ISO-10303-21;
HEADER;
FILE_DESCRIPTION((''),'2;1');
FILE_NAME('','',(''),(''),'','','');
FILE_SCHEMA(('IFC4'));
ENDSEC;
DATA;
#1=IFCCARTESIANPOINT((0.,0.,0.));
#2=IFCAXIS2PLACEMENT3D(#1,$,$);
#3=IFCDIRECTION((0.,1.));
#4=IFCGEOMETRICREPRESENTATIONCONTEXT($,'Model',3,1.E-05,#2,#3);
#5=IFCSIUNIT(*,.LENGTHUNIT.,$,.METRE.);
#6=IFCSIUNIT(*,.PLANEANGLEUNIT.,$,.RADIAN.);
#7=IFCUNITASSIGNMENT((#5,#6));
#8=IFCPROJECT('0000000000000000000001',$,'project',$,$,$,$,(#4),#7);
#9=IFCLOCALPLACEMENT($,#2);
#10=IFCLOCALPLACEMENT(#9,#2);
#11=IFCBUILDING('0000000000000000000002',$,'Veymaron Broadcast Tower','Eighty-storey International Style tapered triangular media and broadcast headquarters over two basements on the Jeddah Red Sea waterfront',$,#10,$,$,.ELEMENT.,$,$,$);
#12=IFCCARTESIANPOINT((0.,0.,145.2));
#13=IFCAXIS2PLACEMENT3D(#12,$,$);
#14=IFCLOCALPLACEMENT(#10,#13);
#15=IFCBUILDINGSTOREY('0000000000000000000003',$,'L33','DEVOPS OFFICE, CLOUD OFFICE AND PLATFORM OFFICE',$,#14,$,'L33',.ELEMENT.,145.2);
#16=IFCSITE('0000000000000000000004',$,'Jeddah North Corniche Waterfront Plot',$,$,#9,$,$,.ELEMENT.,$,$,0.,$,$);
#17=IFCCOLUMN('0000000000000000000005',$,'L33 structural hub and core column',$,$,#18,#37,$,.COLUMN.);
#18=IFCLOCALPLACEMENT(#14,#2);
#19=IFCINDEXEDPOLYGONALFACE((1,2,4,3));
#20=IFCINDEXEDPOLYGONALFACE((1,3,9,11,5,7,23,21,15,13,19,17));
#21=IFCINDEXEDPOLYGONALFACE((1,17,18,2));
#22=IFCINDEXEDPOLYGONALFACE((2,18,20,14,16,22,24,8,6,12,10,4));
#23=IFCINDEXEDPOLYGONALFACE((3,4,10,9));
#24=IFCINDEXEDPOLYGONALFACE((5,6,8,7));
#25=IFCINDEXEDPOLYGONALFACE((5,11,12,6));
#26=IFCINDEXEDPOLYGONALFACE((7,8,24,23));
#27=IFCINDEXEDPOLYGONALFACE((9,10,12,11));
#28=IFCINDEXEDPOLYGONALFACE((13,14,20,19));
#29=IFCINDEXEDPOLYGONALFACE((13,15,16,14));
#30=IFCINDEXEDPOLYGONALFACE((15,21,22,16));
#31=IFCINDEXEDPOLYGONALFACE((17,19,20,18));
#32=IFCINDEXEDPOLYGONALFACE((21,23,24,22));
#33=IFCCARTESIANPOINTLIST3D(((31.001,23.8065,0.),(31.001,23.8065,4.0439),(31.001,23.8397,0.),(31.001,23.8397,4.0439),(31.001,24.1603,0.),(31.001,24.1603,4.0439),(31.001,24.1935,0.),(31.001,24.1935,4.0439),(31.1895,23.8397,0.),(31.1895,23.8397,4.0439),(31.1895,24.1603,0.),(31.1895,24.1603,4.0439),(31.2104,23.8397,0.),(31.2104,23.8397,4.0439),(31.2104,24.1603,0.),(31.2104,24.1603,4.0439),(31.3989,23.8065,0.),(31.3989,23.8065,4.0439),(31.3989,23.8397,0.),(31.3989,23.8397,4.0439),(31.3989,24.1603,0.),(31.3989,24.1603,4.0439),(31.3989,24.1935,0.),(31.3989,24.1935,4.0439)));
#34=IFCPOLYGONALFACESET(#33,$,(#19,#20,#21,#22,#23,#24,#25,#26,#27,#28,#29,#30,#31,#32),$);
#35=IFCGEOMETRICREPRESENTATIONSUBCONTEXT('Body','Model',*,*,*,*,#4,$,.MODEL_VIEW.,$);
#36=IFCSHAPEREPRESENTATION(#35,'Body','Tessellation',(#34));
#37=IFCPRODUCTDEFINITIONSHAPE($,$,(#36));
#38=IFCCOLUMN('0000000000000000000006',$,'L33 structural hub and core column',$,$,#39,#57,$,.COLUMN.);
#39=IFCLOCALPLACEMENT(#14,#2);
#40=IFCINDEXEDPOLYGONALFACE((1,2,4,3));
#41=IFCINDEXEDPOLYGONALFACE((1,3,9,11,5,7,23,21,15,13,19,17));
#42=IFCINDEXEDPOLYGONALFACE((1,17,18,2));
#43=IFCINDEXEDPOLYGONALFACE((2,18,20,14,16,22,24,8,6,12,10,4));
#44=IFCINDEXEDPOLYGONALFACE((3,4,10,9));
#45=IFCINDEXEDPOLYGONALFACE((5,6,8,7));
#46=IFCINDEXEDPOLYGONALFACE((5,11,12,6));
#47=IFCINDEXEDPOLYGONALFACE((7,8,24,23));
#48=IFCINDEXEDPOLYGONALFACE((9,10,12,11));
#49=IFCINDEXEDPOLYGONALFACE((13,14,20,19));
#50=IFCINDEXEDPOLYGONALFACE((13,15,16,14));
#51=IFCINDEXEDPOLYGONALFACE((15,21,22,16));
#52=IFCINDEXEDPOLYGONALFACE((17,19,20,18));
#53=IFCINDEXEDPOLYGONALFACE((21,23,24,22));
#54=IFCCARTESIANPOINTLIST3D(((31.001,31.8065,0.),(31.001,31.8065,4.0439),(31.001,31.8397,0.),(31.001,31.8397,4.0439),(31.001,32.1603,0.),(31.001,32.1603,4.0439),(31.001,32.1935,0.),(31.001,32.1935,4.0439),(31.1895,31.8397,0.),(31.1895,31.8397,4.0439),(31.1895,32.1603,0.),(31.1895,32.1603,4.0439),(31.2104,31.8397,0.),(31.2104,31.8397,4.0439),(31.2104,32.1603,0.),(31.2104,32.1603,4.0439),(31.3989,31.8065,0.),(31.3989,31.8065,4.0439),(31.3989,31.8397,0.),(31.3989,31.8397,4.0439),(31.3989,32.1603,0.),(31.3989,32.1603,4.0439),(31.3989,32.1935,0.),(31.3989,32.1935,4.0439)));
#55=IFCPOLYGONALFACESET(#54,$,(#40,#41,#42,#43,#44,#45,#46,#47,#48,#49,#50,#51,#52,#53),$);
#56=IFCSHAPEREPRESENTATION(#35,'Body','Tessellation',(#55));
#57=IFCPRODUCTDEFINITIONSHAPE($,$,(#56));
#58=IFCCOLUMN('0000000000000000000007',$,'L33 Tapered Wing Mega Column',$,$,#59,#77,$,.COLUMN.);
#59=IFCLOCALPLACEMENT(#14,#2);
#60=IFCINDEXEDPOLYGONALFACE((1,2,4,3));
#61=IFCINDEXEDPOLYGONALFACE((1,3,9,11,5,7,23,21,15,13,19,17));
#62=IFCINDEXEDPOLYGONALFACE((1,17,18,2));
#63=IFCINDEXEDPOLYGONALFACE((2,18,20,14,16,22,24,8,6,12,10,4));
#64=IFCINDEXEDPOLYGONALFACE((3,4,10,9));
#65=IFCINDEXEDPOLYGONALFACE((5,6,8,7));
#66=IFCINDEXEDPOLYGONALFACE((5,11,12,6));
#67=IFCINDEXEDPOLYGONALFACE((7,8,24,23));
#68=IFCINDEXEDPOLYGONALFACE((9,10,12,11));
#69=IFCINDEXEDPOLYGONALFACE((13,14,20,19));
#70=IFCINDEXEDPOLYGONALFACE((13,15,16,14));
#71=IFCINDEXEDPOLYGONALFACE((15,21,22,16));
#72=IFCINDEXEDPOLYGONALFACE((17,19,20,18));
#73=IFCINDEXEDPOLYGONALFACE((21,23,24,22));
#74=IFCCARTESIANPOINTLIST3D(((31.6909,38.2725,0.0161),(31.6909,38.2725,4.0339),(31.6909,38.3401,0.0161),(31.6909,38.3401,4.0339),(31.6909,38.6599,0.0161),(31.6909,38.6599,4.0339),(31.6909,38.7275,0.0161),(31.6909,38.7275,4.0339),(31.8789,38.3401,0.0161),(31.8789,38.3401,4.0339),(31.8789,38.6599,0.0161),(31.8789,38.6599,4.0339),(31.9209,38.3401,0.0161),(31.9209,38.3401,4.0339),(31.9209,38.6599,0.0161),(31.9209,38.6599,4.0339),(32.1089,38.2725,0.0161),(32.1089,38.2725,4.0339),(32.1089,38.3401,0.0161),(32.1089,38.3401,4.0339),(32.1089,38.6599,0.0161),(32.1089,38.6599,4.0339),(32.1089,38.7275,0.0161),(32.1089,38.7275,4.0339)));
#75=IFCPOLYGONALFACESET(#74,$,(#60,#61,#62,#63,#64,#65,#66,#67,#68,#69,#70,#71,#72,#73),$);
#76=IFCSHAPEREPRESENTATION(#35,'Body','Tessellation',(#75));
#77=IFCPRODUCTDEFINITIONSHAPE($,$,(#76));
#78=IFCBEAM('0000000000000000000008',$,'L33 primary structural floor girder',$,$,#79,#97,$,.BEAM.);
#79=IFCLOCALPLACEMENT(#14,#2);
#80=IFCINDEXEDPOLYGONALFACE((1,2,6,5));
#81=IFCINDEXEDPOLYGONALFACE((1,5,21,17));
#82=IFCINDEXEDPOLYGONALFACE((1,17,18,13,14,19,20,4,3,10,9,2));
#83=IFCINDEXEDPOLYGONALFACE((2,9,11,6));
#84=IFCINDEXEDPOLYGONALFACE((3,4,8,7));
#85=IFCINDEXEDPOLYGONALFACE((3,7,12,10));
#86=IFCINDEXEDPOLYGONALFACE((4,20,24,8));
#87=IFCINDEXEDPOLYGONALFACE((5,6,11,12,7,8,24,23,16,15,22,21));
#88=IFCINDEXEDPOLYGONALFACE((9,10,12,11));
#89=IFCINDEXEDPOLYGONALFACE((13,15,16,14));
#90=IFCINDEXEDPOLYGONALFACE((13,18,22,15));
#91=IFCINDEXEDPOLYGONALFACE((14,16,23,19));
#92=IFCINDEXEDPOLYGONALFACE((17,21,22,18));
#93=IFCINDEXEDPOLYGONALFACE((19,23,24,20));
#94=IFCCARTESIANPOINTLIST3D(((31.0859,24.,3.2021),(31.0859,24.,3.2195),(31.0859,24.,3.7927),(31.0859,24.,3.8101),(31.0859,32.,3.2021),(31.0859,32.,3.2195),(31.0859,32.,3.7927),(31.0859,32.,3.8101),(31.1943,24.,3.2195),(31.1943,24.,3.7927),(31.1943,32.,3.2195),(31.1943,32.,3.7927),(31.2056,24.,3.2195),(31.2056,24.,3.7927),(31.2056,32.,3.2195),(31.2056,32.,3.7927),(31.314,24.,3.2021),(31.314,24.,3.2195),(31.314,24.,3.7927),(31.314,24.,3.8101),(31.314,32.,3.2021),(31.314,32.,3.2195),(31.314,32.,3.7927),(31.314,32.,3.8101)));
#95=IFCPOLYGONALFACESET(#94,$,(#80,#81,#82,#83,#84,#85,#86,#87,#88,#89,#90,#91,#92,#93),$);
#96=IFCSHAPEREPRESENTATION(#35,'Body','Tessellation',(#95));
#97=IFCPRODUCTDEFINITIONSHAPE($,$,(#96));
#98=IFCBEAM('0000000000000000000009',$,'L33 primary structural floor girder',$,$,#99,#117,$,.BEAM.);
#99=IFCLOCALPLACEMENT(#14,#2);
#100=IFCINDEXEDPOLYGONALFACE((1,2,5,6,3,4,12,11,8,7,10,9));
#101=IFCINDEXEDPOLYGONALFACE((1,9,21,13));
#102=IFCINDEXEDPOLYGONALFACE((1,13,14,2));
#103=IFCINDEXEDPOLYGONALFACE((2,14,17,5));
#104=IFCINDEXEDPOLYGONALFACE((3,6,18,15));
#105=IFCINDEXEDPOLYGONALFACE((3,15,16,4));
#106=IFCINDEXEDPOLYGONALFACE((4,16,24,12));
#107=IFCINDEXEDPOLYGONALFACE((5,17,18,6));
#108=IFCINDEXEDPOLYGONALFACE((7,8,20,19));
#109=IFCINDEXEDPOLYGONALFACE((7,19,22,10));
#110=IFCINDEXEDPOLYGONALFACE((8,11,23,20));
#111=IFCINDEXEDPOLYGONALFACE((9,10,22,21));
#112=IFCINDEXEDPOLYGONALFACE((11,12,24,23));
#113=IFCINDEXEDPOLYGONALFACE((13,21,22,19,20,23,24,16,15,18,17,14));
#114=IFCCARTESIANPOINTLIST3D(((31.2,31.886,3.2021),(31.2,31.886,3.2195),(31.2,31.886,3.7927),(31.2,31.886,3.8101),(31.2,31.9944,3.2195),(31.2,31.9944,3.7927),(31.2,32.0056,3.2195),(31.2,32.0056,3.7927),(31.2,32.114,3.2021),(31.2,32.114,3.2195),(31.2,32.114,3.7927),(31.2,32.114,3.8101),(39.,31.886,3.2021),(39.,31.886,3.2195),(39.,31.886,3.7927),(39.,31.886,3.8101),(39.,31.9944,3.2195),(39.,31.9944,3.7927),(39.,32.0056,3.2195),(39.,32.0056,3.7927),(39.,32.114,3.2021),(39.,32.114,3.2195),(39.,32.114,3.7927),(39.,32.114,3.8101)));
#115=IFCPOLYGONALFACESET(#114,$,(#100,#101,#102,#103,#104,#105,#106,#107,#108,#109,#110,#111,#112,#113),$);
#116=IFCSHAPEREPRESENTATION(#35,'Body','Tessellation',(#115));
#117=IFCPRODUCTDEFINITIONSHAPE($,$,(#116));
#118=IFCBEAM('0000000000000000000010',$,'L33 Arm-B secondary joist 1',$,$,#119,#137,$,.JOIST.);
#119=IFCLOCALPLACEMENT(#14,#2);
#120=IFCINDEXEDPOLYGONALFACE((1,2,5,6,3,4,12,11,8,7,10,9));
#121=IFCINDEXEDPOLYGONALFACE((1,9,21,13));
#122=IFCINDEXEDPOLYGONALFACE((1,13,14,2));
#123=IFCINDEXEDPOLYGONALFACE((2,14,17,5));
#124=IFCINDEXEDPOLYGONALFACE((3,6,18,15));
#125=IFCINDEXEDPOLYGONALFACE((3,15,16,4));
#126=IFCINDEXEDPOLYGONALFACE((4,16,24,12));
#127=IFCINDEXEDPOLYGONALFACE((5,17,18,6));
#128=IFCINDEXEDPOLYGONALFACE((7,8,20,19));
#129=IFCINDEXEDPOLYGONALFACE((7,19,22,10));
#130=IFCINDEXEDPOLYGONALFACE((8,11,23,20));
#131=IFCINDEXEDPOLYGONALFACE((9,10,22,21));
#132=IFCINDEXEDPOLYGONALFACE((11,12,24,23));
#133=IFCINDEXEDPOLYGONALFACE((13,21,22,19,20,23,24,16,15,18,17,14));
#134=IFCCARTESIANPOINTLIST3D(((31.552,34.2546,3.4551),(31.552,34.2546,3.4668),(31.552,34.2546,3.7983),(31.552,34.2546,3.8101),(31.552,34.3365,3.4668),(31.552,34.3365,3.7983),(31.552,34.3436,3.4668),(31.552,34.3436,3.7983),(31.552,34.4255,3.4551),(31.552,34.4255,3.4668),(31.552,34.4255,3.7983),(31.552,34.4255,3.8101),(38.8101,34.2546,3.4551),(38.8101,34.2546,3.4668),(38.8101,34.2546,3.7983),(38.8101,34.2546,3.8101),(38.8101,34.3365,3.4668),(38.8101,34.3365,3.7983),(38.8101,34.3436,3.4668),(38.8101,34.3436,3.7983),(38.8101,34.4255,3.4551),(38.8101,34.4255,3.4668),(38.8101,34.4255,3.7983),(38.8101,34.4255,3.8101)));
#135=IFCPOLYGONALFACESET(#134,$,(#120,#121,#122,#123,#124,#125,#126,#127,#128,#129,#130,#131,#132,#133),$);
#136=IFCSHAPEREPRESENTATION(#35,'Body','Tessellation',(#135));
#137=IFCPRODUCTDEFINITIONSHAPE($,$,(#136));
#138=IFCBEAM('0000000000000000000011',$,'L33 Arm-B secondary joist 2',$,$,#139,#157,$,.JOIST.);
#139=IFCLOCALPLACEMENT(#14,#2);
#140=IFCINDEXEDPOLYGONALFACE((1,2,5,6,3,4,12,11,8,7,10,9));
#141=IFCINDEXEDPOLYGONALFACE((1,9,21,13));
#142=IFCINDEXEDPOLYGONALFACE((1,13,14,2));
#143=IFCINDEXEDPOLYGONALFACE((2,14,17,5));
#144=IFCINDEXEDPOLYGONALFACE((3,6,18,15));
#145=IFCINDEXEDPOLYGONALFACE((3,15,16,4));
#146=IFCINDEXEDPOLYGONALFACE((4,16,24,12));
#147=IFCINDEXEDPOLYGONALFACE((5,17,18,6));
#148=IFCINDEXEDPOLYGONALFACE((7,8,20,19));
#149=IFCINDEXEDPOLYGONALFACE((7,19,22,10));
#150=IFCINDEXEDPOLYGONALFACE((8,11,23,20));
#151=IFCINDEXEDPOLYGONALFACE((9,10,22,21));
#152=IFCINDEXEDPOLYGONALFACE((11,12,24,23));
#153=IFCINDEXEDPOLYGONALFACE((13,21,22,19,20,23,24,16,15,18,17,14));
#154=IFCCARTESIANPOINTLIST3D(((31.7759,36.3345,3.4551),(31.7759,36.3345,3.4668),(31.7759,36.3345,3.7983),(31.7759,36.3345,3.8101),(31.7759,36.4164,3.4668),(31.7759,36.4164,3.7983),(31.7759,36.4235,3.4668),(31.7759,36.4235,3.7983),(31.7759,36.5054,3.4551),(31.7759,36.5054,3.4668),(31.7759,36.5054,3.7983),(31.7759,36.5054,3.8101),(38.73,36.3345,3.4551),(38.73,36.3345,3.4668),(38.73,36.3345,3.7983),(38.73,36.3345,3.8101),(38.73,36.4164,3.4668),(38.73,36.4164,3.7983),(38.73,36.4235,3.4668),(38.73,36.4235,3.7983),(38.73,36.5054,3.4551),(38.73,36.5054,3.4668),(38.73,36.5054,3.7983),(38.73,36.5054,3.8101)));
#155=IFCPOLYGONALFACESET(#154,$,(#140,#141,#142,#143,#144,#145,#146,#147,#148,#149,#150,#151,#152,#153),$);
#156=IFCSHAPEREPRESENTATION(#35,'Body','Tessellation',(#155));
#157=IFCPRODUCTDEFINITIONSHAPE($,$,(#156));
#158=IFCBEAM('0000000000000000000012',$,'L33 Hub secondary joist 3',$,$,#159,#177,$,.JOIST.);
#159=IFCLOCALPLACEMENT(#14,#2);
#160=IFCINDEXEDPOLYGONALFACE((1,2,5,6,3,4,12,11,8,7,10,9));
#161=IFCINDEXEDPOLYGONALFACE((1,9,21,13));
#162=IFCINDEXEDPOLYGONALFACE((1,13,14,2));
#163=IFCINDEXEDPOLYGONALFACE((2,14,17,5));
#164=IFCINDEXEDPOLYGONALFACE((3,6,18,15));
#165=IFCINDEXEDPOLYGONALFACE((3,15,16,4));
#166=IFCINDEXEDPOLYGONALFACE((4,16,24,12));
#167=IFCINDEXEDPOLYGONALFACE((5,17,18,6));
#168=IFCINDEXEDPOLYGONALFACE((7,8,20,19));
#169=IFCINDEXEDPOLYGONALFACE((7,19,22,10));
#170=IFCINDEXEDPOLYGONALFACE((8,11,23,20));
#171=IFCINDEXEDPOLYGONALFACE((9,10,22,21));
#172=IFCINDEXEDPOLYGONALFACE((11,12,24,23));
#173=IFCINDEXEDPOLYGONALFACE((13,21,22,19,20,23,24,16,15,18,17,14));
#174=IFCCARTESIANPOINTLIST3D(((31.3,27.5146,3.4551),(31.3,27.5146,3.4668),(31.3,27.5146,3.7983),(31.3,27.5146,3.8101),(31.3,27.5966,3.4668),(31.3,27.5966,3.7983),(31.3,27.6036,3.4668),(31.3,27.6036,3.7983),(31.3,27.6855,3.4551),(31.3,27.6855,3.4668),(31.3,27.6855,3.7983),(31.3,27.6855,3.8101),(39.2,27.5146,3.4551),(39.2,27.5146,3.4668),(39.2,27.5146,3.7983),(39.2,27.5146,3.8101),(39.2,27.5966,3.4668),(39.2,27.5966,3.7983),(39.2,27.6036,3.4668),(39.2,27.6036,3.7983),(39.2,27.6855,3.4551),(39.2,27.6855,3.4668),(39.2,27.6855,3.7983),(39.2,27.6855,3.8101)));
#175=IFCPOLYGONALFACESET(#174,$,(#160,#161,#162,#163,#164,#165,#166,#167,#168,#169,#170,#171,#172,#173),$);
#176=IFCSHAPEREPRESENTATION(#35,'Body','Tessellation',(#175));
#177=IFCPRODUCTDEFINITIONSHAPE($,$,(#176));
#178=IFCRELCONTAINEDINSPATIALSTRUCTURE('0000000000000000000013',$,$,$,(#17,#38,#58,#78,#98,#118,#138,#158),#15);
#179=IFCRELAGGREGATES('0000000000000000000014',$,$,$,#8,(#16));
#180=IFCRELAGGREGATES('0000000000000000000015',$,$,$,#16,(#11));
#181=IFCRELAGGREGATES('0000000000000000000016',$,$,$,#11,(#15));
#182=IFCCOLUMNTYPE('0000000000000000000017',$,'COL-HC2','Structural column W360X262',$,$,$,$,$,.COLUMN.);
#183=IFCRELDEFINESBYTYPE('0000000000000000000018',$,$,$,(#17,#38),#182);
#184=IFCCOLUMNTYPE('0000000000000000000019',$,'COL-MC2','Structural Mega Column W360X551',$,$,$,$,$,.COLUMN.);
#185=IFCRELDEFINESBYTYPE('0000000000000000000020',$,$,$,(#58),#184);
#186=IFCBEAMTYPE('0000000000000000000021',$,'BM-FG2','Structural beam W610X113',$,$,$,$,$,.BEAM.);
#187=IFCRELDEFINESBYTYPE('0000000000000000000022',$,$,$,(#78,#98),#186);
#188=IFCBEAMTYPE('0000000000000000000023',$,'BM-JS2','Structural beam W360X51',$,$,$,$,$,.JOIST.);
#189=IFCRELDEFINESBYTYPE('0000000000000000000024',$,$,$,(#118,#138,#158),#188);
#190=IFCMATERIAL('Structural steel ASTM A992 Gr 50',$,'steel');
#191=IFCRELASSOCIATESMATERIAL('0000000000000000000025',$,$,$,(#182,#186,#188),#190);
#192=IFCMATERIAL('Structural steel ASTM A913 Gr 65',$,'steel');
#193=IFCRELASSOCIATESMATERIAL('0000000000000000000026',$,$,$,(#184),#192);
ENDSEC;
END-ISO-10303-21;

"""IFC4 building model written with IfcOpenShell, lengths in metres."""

from ifc_helpers import new_model, si_unit, direction, frame, origin, origin_2d, place, context, subcontext, project, spatial, i_section, extrude, material, material_profile, profile_set, type_object, element, save


model = new_model("IFC4")

# Units and contexts
model_context = context("Model", 3, precision=1e-05, world=origin(), true_north=direction((0.0, 1.0)))
body_context = subcontext(model_context, "Body", "Model", "MODEL_VIEW")
ifc_project = project(units=[si_unit("LENGTHUNIT", "METRE"), si_unit("PLANEANGLEUNIT", "RADIAN")], contexts=[model_context])

# Site, building, storey
site_placement = place(None, origin())
site = spatial("IfcSite", under=ifc_project, at=site_placement, Name="Jeddah North Corniche Waterfront Plot", CompositionType="ELEMENT", RefElevation=0.0)
building_placement = place(site_placement, origin())
building = spatial("IfcBuilding", under=site, at=building_placement, Name="Veymaron Broadcast Tower", Description="Eighty-storey International Style tapered triangular media and broadcast headquarters over two basements on the Jeddah Red Sea waterfront", CompositionType="ELEMENT")
storey_placement = place(building_placement, frame((0.0, 0.0, 145.2)))
storey = spatial("IfcBuildingStorey", under=building, at=storey_placement, Name="L33", Description="DEVOPS OFFICE, CLOUD OFFICE AND PLATFORM OFFICE", LongName="L33", CompositionType="ELEMENT", Elevation=145.2)

# Columns
ifc_material_1 = material(Name="Structural steel ASTM A992 Gr 50", Category="steel")
ifc_material_profile_1 = material_profile(ifc_material_1, i_section(OverallWidth=0.3979, OverallDepth=0.387, WebThickness=0.021, FlangeThickness=0.0332, at=origin_2d()), Name="W360X262")
ifc_profile_set_1 = profile_set([ifc_material_profile_1], Name="Structural steel ASTM A992 Gr 50")
column_type_1 = type_object("IfcColumnType", Name="COL-HC2", Description="Structural column W360X262", PredefinedType="COLUMN", material=ifc_profile_set_1)
for number, where, z_axis, x_axis, name in (
    (1, (31.2, 24.0, 0.0), (0.0, 0.0, 1.0), (1.0, 0.0, 0.0), "L33 structural hub and core column"),
    (2, (31.2, 32.0, 0.0), (0.0, 0.0, 1.0), (1.0, 0.0, 0.0), "L33 structural hub and core column"),
):
    element("IfcColumn", number, at=place(storey_placement, frame(where, z_axis=z_axis, x_axis=x_axis)), inside=storey, type_object=column_type_1, Name=name, PredefinedType="COLUMN", context=body_context, shape_type="SweptSolid", body=[
        extrude(i_section(OverallWidth=0.3979, OverallDepth=0.387, WebThickness=0.021, FlangeThickness=0.0332, at=origin_2d()), origin(), (0.0, 0.0, 1.0), 4.0439),
    ])
ifc_material_2 = material(Name="Structural steel ASTM A913 Gr 65", Category="steel")
ifc_material_profile_2 = material_profile(ifc_material_2, i_section(OverallWidth=0.418, OverallDepth=0.4551, WebThickness=0.042, FlangeThickness=0.0676, at=origin_2d()), Name="W360X551")
ifc_profile_set_2 = profile_set([ifc_material_profile_2], Name="Structural steel ASTM A913 Gr 65")
column_type_2 = type_object("IfcColumnType", Name="COL-MC2", Description="Structural Mega Column W360X551", PredefinedType="COLUMN", material=ifc_profile_set_2)
column_placement = place(storey_placement, frame((31.8999, 38.5, 0.0161), z_axis=(0.0, 0.0, 1.0), x_axis=(1.0, 0.0, 0.0)))
element("IfcColumn", 3, at=column_placement, inside=storey, type_object=column_type_2, Name="L33 Tapered Wing Mega Column", PredefinedType="COLUMN", context=body_context, shape_type="SweptSolid", body=[
    extrude(i_section(OverallWidth=0.418, OverallDepth=0.4551, WebThickness=0.042, FlangeThickness=0.0676, at=origin_2d()), origin(), (0.0, 0.0, 1.0), 4.0178),
])

# Beams
ifc_material_profile_3 = material_profile(ifc_material_1, i_section(OverallWidth=0.228, OverallDepth=0.6079, WebThickness=0.0112, FlangeThickness=0.0173, at=origin_2d()), Name="W610X113")
ifc_profile_set_3 = profile_set([ifc_material_profile_3], Name="Structural steel ASTM A992 Gr 50")
beam_type_1 = type_object("IfcBeamType", Name="BM-FG2", Description="Structural beam W610X113", PredefinedType="BEAM", material=ifc_profile_set_3)
beam_1_placement = place(storey_placement, frame((31.2, 24.0, 3.5061), z_axis=(0.0, 1.0, 0.0), x_axis=(-1.0, 0.0, 0.0)))
element("IfcBeam", 4, at=beam_1_placement, inside=storey, type_object=beam_type_1, Name="L33 primary structural floor girder", PredefinedType="BEAM", context=body_context, shape_type="SweptSolid", body=[
    extrude(i_section(OverallWidth=0.228, OverallDepth=0.6079, WebThickness=0.0112, FlangeThickness=0.0173, at=origin_2d()), origin(), (0.0, 0.0, 1.0), 8.0),
])
beam_2_placement = place(storey_placement, frame((31.2, 32.0, 3.5061), z_axis=(1.0, 0.0, 0.0), x_axis=(0.0, 1.0, 0.0)))
element("IfcBeam", 5, at=beam_2_placement, inside=storey, type_object=beam_type_1, Name="L33 primary structural floor girder", PredefinedType="BEAM", context=body_context, shape_type="SweptSolid", body=[
    extrude(i_section(OverallWidth=0.228, OverallDepth=0.6079, WebThickness=0.0112, FlangeThickness=0.0173, at=origin_2d()), origin(), (0.0, 0.0, 1.0), 7.8),
])
ifc_material_profile_4 = material_profile(ifc_material_1, i_section(OverallWidth=0.1709, OverallDepth=0.355, WebThickness=0.0071, FlangeThickness=0.0117, at=origin_2d()), Name="W360X51")
ifc_profile_set_4 = profile_set([ifc_material_profile_4], Name="Structural steel ASTM A992 Gr 50")
beam_type_2 = type_object("IfcBeamType", Name="BM-JS2", Description="Structural beam W360X51", PredefinedType="JOIST", material=ifc_profile_set_4)
beam_3_placement = place(storey_placement, frame((31.552, 34.3401, 3.6326), z_axis=(1.0, 0.0, 0.0), x_axis=(0.0, 1.0, 0.0)))
element("IfcBeam", 6, at=beam_3_placement, inside=storey, type_object=beam_type_2, Name="L33 Arm-B secondary joist 1", PredefinedType="JOIST", context=body_context, shape_type="SweptSolid", body=[
    extrude(i_section(OverallWidth=0.1709, OverallDepth=0.355, WebThickness=0.0071, FlangeThickness=0.0117, at=origin_2d()), origin(), (0.0, 0.0, 1.0), 7.2581),
])
beam_4_placement = place(storey_placement, frame((31.7759, 36.4199, 3.6326), z_axis=(1.0, 0.0, 0.0), x_axis=(0.0, 1.0, 0.0)))
element("IfcBeam", 7, at=beam_4_placement, inside=storey, type_object=beam_type_2, Name="L33 Arm-B secondary joist 2", PredefinedType="JOIST", context=body_context, shape_type="SweptSolid", body=[
    extrude(i_section(OverallWidth=0.1709, OverallDepth=0.355, WebThickness=0.0071, FlangeThickness=0.0117, at=origin_2d()), origin(), (0.0, 0.0, 1.0), 6.9541),
])
for number, where, z_axis, x_axis, name in (
    (8, (31.3, 27.6001, 3.6326), (1.0, 0.0, 0.0), (0.0, 1.0, 0.0), "L33 Hub secondary joist 3"),
):
    element("IfcBeam", number, at=place(storey_placement, frame(where, z_axis=z_axis, x_axis=x_axis)), inside=storey, type_object=beam_type_2, Name=name, PredefinedType="JOIST", context=body_context, shape_type="SweptSolid", body=[
        extrude(i_section(OverallWidth=0.1709, OverallDepth=0.355, WebThickness=0.0071, FlangeThickness=0.0117, at=origin_2d()), origin(), (0.0, 0.0, 1.0), 7.8999),
    ])

save(model, "model.ifc")
